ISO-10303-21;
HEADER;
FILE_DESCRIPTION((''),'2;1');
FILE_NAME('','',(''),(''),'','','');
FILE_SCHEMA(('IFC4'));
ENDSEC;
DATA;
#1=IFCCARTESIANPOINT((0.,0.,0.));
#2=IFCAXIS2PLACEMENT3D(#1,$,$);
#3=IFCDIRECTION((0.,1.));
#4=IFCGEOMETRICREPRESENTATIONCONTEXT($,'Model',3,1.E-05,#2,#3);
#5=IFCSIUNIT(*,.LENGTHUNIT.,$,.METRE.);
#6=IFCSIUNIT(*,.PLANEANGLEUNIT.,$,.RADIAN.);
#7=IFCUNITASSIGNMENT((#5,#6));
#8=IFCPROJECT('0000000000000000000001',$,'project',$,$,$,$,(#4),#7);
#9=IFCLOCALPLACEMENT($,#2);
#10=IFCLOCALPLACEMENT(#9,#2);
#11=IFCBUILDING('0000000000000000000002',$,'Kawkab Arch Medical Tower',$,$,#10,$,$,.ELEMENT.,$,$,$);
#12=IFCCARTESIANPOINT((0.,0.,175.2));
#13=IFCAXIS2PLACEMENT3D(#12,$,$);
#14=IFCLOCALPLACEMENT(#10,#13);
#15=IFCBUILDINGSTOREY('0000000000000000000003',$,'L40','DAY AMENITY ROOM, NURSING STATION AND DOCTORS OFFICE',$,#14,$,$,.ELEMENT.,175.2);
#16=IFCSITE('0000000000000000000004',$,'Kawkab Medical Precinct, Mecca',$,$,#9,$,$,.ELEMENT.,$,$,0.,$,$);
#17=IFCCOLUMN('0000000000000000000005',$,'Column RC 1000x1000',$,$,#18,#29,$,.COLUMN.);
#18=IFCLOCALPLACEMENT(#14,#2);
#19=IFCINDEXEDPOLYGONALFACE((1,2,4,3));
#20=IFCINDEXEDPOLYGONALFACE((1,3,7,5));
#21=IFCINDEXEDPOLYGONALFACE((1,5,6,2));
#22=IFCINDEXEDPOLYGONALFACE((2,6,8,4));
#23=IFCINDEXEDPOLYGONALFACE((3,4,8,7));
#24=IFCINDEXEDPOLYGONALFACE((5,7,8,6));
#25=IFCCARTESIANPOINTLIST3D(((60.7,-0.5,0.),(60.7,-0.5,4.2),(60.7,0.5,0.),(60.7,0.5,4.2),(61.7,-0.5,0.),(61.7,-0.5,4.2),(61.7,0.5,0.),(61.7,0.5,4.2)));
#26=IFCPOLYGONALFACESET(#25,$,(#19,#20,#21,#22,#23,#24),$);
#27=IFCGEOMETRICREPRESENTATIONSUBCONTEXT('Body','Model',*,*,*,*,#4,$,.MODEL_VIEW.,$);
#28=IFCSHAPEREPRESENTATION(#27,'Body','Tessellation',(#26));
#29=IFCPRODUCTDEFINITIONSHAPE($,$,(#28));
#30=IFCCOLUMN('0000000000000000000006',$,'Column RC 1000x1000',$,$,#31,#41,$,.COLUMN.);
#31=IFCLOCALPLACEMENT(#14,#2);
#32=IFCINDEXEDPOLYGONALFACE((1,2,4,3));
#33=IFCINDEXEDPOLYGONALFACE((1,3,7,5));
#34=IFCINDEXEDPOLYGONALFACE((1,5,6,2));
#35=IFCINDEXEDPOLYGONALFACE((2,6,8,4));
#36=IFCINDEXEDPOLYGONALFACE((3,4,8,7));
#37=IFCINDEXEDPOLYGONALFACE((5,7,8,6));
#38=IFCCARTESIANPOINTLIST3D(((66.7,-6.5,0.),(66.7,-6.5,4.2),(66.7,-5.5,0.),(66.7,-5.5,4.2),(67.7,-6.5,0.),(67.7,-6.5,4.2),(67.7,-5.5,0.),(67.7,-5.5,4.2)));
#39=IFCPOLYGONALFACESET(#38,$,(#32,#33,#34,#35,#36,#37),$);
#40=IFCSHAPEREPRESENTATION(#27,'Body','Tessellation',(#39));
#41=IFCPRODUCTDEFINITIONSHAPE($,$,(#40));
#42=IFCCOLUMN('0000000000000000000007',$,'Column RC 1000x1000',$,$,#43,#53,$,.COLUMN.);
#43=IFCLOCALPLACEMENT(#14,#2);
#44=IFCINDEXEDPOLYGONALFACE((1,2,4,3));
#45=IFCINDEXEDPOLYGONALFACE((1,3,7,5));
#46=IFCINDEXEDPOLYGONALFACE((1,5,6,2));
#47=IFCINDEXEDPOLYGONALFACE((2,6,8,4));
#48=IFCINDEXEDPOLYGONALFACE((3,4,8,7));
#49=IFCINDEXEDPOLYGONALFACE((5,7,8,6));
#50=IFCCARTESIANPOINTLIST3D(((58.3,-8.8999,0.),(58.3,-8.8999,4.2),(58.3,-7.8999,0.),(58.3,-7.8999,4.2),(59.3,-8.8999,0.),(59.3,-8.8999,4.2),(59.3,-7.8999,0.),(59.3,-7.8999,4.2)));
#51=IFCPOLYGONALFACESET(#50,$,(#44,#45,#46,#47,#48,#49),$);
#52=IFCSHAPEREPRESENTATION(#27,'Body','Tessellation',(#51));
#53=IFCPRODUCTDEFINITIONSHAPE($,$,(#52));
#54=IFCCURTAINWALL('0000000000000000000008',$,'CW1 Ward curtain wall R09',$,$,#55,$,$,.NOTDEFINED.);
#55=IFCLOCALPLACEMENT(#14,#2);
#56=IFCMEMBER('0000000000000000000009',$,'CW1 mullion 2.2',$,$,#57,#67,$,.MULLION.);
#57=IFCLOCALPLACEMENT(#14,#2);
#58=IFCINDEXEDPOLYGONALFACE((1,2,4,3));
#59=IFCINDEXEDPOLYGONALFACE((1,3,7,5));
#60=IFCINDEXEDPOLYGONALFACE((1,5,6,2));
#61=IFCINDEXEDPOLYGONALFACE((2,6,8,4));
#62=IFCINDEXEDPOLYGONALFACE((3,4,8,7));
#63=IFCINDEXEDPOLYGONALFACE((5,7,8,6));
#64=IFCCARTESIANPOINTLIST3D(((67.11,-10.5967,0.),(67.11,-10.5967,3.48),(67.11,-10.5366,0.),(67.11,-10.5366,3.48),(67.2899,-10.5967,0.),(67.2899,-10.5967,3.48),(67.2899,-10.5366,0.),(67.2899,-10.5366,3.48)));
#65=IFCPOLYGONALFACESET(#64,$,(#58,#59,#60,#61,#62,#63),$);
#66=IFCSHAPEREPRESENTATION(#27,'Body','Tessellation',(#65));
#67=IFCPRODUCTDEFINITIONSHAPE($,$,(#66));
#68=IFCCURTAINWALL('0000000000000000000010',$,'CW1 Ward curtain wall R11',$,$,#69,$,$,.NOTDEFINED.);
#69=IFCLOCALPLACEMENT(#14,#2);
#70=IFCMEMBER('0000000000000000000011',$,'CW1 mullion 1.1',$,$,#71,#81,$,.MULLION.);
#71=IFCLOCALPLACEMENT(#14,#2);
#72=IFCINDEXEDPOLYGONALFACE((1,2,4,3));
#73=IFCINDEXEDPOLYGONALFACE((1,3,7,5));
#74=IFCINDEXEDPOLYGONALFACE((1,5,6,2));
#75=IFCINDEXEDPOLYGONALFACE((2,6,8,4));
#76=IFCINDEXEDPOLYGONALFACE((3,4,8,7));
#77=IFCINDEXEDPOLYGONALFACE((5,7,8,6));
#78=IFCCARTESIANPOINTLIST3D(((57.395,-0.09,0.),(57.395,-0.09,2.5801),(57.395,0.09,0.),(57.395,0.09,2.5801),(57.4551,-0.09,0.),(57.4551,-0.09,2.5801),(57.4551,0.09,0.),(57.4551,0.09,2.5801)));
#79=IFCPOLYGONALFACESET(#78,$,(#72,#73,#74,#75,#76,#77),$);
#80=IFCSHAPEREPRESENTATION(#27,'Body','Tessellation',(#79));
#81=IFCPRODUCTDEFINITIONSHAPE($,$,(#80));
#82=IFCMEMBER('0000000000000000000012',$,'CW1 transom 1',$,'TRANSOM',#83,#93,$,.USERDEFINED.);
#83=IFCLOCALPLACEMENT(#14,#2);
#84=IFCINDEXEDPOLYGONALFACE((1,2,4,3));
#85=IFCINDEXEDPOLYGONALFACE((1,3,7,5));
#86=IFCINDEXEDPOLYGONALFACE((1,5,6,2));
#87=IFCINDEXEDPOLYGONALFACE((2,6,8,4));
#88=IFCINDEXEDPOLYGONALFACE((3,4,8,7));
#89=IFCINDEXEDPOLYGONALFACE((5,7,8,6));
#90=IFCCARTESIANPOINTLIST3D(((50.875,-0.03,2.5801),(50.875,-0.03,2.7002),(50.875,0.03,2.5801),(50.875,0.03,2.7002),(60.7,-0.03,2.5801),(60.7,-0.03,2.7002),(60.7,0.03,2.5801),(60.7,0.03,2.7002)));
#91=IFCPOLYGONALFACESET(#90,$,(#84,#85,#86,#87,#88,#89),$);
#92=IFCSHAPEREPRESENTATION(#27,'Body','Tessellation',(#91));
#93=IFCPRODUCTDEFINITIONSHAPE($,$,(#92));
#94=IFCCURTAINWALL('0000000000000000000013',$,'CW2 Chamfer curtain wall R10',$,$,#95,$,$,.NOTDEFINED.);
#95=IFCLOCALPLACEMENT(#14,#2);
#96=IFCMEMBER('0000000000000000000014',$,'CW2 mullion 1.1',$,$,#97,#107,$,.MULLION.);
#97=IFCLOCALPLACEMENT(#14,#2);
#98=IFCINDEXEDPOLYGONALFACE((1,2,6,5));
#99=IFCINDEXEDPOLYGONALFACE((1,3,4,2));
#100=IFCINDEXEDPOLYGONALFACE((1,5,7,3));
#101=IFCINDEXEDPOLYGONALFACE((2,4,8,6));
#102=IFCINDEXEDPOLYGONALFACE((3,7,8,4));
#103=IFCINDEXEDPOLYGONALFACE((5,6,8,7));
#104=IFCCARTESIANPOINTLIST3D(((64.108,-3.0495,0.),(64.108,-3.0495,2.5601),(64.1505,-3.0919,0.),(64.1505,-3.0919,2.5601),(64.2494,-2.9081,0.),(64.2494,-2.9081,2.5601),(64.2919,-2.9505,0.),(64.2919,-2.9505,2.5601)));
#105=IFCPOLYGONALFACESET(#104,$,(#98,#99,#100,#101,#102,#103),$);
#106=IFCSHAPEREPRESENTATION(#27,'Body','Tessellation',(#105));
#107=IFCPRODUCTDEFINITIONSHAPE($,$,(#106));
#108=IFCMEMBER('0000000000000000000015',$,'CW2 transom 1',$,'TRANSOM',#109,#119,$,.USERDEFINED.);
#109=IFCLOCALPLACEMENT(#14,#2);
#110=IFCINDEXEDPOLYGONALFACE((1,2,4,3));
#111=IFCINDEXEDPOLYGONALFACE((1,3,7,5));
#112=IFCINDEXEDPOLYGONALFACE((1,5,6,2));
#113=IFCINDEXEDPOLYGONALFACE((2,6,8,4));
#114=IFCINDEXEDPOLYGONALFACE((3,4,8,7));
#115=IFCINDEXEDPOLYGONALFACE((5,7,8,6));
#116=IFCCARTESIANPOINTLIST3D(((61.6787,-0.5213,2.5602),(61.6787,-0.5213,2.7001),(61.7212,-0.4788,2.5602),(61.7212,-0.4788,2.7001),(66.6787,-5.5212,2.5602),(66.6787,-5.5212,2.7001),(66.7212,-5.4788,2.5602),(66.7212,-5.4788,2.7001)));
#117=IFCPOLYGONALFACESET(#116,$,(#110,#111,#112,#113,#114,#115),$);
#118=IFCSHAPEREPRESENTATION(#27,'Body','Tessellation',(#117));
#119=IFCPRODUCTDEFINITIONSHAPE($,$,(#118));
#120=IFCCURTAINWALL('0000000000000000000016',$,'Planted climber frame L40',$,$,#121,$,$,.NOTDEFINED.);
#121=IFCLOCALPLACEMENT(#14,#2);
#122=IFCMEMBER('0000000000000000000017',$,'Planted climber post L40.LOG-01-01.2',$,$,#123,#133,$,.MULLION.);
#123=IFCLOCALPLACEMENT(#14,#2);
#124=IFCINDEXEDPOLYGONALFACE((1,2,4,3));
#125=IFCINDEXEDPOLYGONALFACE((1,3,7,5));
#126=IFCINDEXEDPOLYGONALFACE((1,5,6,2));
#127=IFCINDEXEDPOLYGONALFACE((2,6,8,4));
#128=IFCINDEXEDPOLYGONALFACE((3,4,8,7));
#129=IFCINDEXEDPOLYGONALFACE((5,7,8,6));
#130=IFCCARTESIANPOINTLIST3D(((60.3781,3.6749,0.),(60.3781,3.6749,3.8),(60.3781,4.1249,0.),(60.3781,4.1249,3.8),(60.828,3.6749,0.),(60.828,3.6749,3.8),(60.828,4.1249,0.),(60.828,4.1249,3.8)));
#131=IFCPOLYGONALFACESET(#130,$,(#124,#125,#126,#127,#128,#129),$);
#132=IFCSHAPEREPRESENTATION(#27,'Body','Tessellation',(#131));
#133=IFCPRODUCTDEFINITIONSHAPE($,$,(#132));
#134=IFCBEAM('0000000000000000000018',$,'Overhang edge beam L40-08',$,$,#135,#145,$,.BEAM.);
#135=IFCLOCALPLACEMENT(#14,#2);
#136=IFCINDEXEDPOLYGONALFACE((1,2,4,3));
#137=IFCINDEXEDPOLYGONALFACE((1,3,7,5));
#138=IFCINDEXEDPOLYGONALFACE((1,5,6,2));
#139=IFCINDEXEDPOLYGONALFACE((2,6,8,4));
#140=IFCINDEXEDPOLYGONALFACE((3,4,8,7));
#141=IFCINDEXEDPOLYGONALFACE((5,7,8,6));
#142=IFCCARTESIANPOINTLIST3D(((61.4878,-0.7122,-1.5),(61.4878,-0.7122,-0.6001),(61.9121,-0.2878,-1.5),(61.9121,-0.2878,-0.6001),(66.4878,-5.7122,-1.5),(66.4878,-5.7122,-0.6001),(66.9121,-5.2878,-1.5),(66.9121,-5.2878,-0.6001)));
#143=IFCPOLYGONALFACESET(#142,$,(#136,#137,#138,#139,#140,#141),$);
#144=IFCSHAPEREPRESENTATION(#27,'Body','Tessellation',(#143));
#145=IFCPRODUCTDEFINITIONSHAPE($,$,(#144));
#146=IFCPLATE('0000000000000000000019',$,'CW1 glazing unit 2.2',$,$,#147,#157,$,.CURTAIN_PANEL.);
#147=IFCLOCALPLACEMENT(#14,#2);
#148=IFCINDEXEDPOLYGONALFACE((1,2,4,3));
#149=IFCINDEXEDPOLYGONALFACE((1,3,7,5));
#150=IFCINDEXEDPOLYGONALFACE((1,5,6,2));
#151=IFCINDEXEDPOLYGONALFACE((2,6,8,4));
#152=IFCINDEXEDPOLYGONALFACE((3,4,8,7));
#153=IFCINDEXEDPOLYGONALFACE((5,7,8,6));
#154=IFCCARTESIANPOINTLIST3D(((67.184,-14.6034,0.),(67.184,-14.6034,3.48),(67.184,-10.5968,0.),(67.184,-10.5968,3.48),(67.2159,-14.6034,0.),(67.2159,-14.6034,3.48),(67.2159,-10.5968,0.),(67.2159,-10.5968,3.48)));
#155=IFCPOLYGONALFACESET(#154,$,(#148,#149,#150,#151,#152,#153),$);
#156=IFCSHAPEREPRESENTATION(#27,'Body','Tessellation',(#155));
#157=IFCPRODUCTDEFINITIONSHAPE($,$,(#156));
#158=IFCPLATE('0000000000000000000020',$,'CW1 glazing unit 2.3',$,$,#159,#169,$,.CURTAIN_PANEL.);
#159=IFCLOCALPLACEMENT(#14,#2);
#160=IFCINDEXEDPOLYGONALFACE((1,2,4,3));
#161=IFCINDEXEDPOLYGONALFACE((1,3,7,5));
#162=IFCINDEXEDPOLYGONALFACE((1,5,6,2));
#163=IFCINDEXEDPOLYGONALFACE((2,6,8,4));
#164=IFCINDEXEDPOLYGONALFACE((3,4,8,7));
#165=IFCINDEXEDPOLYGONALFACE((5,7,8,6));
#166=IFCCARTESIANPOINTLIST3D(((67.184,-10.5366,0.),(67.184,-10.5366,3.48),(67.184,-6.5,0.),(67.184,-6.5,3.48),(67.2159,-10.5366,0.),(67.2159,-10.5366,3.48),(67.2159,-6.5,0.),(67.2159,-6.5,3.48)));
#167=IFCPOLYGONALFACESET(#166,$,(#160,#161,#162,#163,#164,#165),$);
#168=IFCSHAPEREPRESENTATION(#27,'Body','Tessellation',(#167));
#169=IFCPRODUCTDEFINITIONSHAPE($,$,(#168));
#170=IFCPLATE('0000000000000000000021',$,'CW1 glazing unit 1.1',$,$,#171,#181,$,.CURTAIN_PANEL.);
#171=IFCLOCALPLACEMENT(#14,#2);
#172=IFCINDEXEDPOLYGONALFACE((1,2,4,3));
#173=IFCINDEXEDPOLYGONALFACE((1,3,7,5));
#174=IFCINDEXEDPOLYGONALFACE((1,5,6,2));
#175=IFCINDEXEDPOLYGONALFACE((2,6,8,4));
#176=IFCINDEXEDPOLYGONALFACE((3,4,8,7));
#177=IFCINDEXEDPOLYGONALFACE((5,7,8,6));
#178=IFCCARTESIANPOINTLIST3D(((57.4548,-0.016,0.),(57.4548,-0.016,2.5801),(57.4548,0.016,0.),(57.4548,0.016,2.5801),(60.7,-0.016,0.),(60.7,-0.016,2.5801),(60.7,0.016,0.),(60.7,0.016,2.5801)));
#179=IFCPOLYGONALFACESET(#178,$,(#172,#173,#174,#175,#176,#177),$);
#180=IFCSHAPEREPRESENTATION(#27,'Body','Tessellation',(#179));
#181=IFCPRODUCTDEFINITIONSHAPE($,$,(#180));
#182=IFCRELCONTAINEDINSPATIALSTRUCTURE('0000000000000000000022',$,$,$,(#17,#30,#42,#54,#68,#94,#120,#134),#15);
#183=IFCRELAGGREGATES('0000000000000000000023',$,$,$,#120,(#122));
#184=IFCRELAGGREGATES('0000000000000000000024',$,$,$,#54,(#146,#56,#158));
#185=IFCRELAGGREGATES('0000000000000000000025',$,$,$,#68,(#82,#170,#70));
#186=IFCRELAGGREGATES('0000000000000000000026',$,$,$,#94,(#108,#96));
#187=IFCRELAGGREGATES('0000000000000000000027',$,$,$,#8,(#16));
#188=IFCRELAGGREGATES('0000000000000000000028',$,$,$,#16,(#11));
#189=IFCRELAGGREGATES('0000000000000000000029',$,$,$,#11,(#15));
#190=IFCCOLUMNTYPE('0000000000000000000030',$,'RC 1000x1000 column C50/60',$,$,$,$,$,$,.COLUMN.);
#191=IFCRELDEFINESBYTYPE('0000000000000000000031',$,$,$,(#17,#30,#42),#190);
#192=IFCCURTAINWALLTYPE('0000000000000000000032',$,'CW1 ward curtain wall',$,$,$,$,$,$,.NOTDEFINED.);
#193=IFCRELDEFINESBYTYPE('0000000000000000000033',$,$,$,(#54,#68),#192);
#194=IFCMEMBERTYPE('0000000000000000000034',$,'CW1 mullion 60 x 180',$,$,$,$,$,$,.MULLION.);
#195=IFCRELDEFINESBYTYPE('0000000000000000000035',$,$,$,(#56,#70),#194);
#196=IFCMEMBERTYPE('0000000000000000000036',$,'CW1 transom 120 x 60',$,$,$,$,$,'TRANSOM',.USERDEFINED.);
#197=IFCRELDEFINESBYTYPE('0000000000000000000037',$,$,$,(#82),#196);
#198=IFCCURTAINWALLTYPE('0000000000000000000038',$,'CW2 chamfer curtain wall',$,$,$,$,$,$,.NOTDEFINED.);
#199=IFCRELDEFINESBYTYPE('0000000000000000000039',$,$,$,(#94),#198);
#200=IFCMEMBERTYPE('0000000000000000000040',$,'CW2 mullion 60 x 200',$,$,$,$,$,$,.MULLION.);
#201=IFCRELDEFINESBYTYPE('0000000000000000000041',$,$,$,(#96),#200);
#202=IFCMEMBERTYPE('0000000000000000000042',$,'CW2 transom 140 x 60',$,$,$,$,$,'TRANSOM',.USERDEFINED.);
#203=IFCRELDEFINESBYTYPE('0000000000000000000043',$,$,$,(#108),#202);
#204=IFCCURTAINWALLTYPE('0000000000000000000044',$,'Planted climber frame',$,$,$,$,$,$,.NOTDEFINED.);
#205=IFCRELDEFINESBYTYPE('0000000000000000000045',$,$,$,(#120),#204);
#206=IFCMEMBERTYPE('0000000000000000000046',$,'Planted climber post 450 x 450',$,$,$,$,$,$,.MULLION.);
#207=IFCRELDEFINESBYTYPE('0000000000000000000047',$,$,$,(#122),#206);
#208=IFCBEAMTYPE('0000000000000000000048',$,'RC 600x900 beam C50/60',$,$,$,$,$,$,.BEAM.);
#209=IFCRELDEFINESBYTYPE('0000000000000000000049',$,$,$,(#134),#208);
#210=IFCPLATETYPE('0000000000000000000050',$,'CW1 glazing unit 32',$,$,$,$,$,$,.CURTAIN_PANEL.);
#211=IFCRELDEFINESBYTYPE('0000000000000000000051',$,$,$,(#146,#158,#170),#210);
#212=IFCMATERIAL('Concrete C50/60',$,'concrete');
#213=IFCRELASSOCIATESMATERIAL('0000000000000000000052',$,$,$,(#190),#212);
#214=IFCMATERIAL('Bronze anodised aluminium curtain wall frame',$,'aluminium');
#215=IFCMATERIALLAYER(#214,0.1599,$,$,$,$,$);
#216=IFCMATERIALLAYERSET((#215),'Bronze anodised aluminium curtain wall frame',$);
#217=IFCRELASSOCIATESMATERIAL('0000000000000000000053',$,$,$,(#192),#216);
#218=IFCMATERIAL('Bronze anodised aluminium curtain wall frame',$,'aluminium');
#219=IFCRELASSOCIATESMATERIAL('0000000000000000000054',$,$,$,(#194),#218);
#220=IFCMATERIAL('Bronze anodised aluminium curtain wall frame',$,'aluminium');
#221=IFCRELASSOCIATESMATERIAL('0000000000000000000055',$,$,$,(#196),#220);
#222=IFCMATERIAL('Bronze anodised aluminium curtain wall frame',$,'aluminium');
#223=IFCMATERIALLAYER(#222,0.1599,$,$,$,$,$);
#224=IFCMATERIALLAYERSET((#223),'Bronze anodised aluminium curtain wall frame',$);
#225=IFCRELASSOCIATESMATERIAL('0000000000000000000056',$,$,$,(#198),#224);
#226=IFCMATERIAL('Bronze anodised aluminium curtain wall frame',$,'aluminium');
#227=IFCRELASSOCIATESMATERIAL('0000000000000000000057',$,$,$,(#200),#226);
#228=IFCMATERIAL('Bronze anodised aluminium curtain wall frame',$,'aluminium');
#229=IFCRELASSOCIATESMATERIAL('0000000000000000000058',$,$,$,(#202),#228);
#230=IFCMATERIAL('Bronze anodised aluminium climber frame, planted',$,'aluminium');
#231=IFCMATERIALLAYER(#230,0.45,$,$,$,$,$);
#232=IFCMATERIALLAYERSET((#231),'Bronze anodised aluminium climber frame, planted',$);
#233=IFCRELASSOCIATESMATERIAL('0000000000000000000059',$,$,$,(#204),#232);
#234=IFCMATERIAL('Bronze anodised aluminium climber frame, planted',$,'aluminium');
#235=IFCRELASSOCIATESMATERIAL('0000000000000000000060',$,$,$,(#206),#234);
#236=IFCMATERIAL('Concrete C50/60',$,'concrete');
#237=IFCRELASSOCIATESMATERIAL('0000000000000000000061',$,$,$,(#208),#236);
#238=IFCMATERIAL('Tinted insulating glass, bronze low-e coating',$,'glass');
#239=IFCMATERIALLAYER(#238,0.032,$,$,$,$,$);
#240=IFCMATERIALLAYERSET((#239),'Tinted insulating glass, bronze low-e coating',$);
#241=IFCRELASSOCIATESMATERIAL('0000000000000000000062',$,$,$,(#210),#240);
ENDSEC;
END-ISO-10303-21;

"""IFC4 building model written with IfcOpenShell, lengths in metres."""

from ifc_helpers import new_model, si_unit, direction, frame, origin, origin_2d, place, context, subcontext, project, spatial, rectangle, extrude, material, layer, layer_set, material_profile, profile_set, type_object, element, aggregate, save


model = new_model("IFC4")

# Units and contexts
model_context = context("Model", 3, precision=1e-05, world=origin(), true_north=direction((0.0, 1.0)))
body_context = subcontext(model_context, "Body", "Model", "MODEL_VIEW")
ifc_project = project(units=[si_unit("LENGTHUNIT", "METRE"), si_unit("PLANEANGLEUNIT", "RADIAN")], contexts=[model_context])

# Site, building, storey
site_placement = place(None, origin())
site = spatial("IfcSite", under=ifc_project, at=site_placement, Name="Kawkab Medical Precinct, Mecca", CompositionType="ELEMENT", RefElevation=0.0)
building_placement = place(site_placement, origin())
building = spatial("IfcBuilding", under=site, at=building_placement, Name="Kawkab Arch Medical Tower", CompositionType="ELEMENT")
storey_placement = place(building_placement, frame((0.0, 0.0, 175.2)))
storey = spatial("IfcBuildingStorey", under=building, at=storey_placement, Name="L40", Description="DAY AMENITY ROOM, NURSING STATION AND DOCTORS OFFICE", CompositionType="ELEMENT", Elevation=175.2)

# Columns
ifc_material_1 = material(Name="Concrete C50/60", Category="concrete")
ifc_material_profile_1 = material_profile(ifc_material_1, rectangle(XDim=1.0, YDim=1.0, at=origin_2d()), Name="RC 1000x1000")
ifc_profile_set_1 = profile_set([ifc_material_profile_1], Name="Concrete C50/60")
column_type = type_object("IfcColumnType", Name="RC 1000x1000 column C50/60", PredefinedType="COLUMN", material=ifc_profile_set_1)
for number, where, z_axis, x_axis, name in (
    (1, (61.2, 0.0, 0.0), (0.0, 0.0, 1.0), (1.0, 0.0, 0.0), "Column RC 1000x1000"),
    (2, (67.2, -6.0, 0.0), (0.0, 0.0, 1.0), (1.0, 0.0, 0.0), "Column RC 1000x1000"),
    (3, (58.8, -8.3999, 0.0), (0.0, 0.0, 1.0), (1.0, 0.0, 0.0), "Column RC 1000x1000"),
):
    element("IfcColumn", number, at=place(storey_placement, frame(where, z_axis=z_axis, x_axis=x_axis)), inside=storey, type_object=column_type, Name=name, PredefinedType="COLUMN", context=body_context, shape_type="SweptSolid", body=[
        extrude(rectangle(XDim=1.0, YDim=1.0, at=origin_2d()), origin(), (0.0, 0.0, 1.0), 4.2),
    ])

# Curtain wall, member
ifc_material_2 = material(Name="Bronze anodised aluminium curtain wall frame", Category="aluminium")
ifc_layer_1 = layer(ifc_material_2, 0.1599)
ifc_layer_set_1 = layer_set([ifc_layer_1], Name="Bronze anodised aluminium curtain wall frame")
curtain_wall_type_1 = type_object("IfcCurtainWallType", Name="CW1 ward curtain wall", PredefinedType="NOTDEFINED", material=ifc_layer_set_1)
placement = place(storey_placement, origin())
curtain_wall_1 = element("IfcCurtainWall", 4, at=placement, inside=storey, type_object=curtain_wall_type_1, Name="CW1 Ward curtain wall R09", PredefinedType="NOTDEFINED")
ifc_material_3 = material(Name="Bronze anodised aluminium curtain wall frame", Category="aluminium")
ifc_material_profile_2 = material_profile(ifc_material_3, rectangle(XDim=0.1799, YDim=0.0601, at=origin_2d()), Name="AL 60x180")
ifc_profile_set_2 = profile_set([ifc_material_profile_2], Name="Bronze anodised aluminium curtain wall frame")
member_type_1 = type_object("IfcMemberType", Name="CW1 mullion 60 x 180", PredefinedType="MULLION", material=ifc_profile_set_2)
member_1_placement = place(storey_placement, frame((67.2, -10.5667, 0.0), z_axis=(0.0, 0.0, 1.0), x_axis=(-1.0, 0.0, 0.0)))
member_1 = element("IfcMember", 5, at=member_1_placement, type_object=member_type_1, Name="CW1 mullion 2.2", PredefinedType="MULLION", context=body_context, shape_type="SweptSolid", body=[
    extrude(rectangle(XDim=0.1799, YDim=0.0601, at=origin_2d()), origin(), (0.0, 0.0, 1.0), 3.48),
])

# Curtain walls, members
curtain_wall_2 = element("IfcCurtainWall", 6, at=placement, inside=storey, type_object=curtain_wall_type_1, Name="CW1 Ward curtain wall R11", PredefinedType="NOTDEFINED")
member_2_placement = place(storey_placement, frame((57.425, 0.0, 0.0), z_axis=(0.0, 0.0, 1.0), x_axis=(0.0, -1.0, 0.0)))
member_2 = element("IfcMember", 7, at=member_2_placement, type_object=member_type_1, Name="CW1 mullion 1.1", PredefinedType="MULLION", context=body_context, shape_type="SweptSolid", body=[
    extrude(rectangle(XDim=0.1799, YDim=0.0601, at=origin_2d()), origin(), (0.0, 0.0, 1.0), 2.5801),
])
ifc_material_4 = material(Name="Bronze anodised aluminium curtain wall frame", Category="aluminium")
ifc_material_profile_3 = material_profile(ifc_material_4, rectangle(XDim=0.0601, YDim=0.1201, at=origin_2d()), Name="AL 60x120")
ifc_profile_set_3 = profile_set([ifc_material_profile_3], Name="Bronze anodised aluminium curtain wall frame")
member_type_2 = type_object("IfcMemberType", Name="CW1 transom 120 x 60", ElementType="TRANSOM", PredefinedType="USERDEFINED", material=ifc_profile_set_3)
member_3_placement = place(storey_placement, frame((60.7, 0.0, 2.6401), z_axis=(-1.0, 0.0, 0.0), x_axis=(0.0, -1.0, 0.0)))
member_3 = element("IfcMember", 8, at=member_3_placement, type_object=member_type_2, Name="CW1 transom 1", ObjectType="TRANSOM", PredefinedType="USERDEFINED", context=body_context, shape_type="SweptSolid", body=[
    extrude(rectangle(XDim=0.0601, YDim=0.1201, at=origin_2d()), origin(), (0.0, 0.0, 1.0), 9.825),
])
ifc_material_5 = material(Name="Bronze anodised aluminium curtain wall frame", Category="aluminium")
ifc_layer_2 = layer(ifc_material_5, 0.1599)
ifc_layer_set_2 = layer_set([ifc_layer_2], Name="Bronze anodised aluminium curtain wall frame")
curtain_wall_type_2 = type_object("IfcCurtainWallType", Name="CW2 chamfer curtain wall", PredefinedType="NOTDEFINED", material=ifc_layer_set_2)
curtain_wall_3 = element("IfcCurtainWall", 9, at=placement, inside=storey, type_object=curtain_wall_type_2, Name="CW2 Chamfer curtain wall R10", PredefinedType="NOTDEFINED")
ifc_material_6 = material(Name="Bronze anodised aluminium curtain wall frame", Category="aluminium")
ifc_material_profile_4 = material_profile(ifc_material_6, rectangle(XDim=0.2, YDim=0.0601, at=origin_2d()), Name="AL 60x200")
ifc_profile_set_4 = profile_set([ifc_material_profile_4], Name="Bronze anodised aluminium curtain wall frame")
member_type_3 = type_object("IfcMemberType", Name="CW2 mullion 60 x 200", PredefinedType="MULLION", material=ifc_profile_set_4)
member_4_placement = place(storey_placement, frame((64.2, -3.0, 0.0), z_axis=(0.0, 0.0, 1.0), x_axis=(-0.707107, -0.707107, 0.0)))
member_4 = element("IfcMember", 10, at=member_4_placement, type_object=member_type_3, Name="CW2 mullion 1.1", PredefinedType="MULLION", context=body_context, shape_type="SweptSolid", body=[
    extrude(rectangle(XDim=0.2, YDim=0.0601, at=origin_2d()), origin(), (0.0, 0.0, 1.0), 2.5601),
])
ifc_material_7 = material(Name="Bronze anodised aluminium curtain wall frame", Category="aluminium")
ifc_material_profile_5 = material_profile(ifc_material_7, rectangle(XDim=0.0601, YDim=0.1399, at=origin_2d()), Name="AL 60x140")
ifc_profile_set_5 = profile_set([ifc_material_profile_5], Name="Bronze anodised aluminium curtain wall frame")
member_type_4 = type_object("IfcMemberType", Name="CW2 transom 140 x 60", ElementType="TRANSOM", PredefinedType="USERDEFINED", material=ifc_profile_set_5)
member_5_placement = place(storey_placement, frame((66.7, -5.5, 2.6301), z_axis=(-0.707107, 0.707107, 0.0), x_axis=(-0.707107, -0.707107, 0.0)))
member_5 = element("IfcMember", 11, at=member_5_placement, type_object=member_type_4, Name="CW2 transom 1", ObjectType="TRANSOM", PredefinedType="USERDEFINED", context=body_context, shape_type="SweptSolid", body=[
    extrude(rectangle(XDim=0.0601, YDim=0.1399, at=origin_2d()), origin(), (0.0, 0.0, 1.0), 7.071),
])

# Curtain wall, member
ifc_material_8 = material(Name="Bronze anodised aluminium climber frame, planted", Category="aluminium")
ifc_layer_3 = layer(ifc_material_8, 0.45)
ifc_layer_set_3 = layer_set([ifc_layer_3], Name="Bronze anodised aluminium climber frame, planted")
curtain_wall_type_3 = type_object("IfcCurtainWallType", Name="Planted climber frame", PredefinedType="NOTDEFINED", material=ifc_layer_set_3)
curtain_wall_4 = element("IfcCurtainWall", 12, at=placement, inside=storey, type_object=curtain_wall_type_3, Name="Planted climber frame L40", PredefinedType="NOTDEFINED")
ifc_material_9 = material(Name="Bronze anodised aluminium climber frame, planted", Category="aluminium")
ifc_material_profile_6 = material_profile(ifc_material_9, rectangle(XDim=0.45, YDim=0.45, at=origin_2d()), Name="Post 450x450")
ifc_profile_set_6 = profile_set([ifc_material_profile_6], Name="Bronze anodised aluminium climber frame, planted")
member_type_5 = type_object("IfcMemberType", Name="Planted climber post 450 x 450", PredefinedType="MULLION", material=ifc_profile_set_6)
member_6_placement = place(storey_placement, frame((60.603, 3.8999, 0.0), z_axis=(0.0, 0.0, 1.0), x_axis=(1.0, 0.0, 0.0)))
member_6 = element("IfcMember", 13, at=member_6_placement, type_object=member_type_5, Name="Planted climber post L40.LOG-01-01.2", PredefinedType="MULLION", context=body_context, shape_type="SweptSolid", body=[
    extrude(rectangle(XDim=0.45, YDim=0.45, at=origin_2d()), origin(), (0.0, 0.0, 1.0), 3.8),
])
aggregate(curtain_wall_4, [member_6])

# Beam
ifc_material_10 = material(Name="Concrete C50/60", Category="concrete")
ifc_material_profile_7 = material_profile(ifc_material_10, rectangle(XDim=0.6001, YDim=0.8999, at=origin_2d()), Name="RC 600x900")
ifc_profile_set_7 = profile_set([ifc_material_profile_7], Name="Concrete C50/60")
beam_type = type_object("IfcBeamType", Name="RC 600x900 beam C50/60", PredefinedType="BEAM", material=ifc_profile_set_7)
beam_placement = place(storey_placement, frame((61.7, -0.5, -1.05), z_axis=(0.707107, -0.707107, 0.0), x_axis=(0.707107, 0.707107, 0.0)))
element("IfcBeam", 14, at=beam_placement, inside=storey, type_object=beam_type, Name="Overhang edge beam L40-08", PredefinedType="BEAM", context=body_context, shape_type="SweptSolid", body=[
    extrude(rectangle(XDim=0.6001, YDim=0.8999, at=origin_2d()), origin(), (0.0, 0.0, 1.0), 7.071),
])

# Plates
ifc_material_11 = material(Name="Tinted insulating glass, bronze low-e coating", Category="glass")
ifc_layer_4 = layer(ifc_material_11, 0.032)
ifc_layer_set_4 = layer_set([ifc_layer_4], Name="Tinted insulating glass, bronze low-e coating")
plate_type_1 = type_object("IfcPlateType", Name="CW1 glazing unit 32", PredefinedType="CURTAIN_PANEL", material=ifc_layer_set_4)
plate_1_placement = place(storey_placement, frame((67.2, -12.6001, 0.0), z_axis=(0.0, 0.0, 1.0), x_axis=(0.0, 1.0, 0.0)))
plate_1 = element("IfcPlate", 15, at=plate_1_placement, type_object=plate_type_1, Name="CW1 glazing unit 2.2", PredefinedType="CURTAIN_PANEL", context=body_context, shape_type="SweptSolid", body=[
    extrude(rectangle(XDim=4.0066, YDim=0.032, at=origin_2d()), origin(), (0.0, 0.0, 1.0), 3.48),
])
plate_2_placement = place(storey_placement, frame((67.2, -8.5183, 0.0), z_axis=(0.0, 0.0, 1.0), x_axis=(0.0, 1.0, 0.0)))
plate_2 = element("IfcPlate", 16, at=plate_2_placement, type_object=plate_type_1, Name="CW1 glazing unit 2.3", PredefinedType="CURTAIN_PANEL", context=body_context, shape_type="SweptSolid", body=[
    extrude(rectangle(XDim=4.0366, YDim=0.032, at=origin_2d()), origin(), (0.0, 0.0, 1.0), 3.48),
])
aggregate(curtain_wall_1, [plate_1, member_1, plate_2])
plate_3_placement = place(storey_placement, frame((59.0774, 0.0, 0.0), z_axis=(0.0, 0.0, 1.0), x_axis=(-1.0, 0.0, 0.0)))
plate_3 = element("IfcPlate", 17, at=plate_3_placement, type_object=plate_type_1, Name="CW1 glazing unit 1.1", PredefinedType="CURTAIN_PANEL", context=body_context, shape_type="SweptSolid", body=[
    extrude(rectangle(XDim=3.2451, YDim=0.032, at=origin_2d()), origin(), (0.0, 0.0, 1.0), 2.5801),
])
aggregate(curtain_wall_2, [member_3, plate_3, member_2])
aggregate(curtain_wall_3, [member_5, member_4])

save(model, "model.ifc")
